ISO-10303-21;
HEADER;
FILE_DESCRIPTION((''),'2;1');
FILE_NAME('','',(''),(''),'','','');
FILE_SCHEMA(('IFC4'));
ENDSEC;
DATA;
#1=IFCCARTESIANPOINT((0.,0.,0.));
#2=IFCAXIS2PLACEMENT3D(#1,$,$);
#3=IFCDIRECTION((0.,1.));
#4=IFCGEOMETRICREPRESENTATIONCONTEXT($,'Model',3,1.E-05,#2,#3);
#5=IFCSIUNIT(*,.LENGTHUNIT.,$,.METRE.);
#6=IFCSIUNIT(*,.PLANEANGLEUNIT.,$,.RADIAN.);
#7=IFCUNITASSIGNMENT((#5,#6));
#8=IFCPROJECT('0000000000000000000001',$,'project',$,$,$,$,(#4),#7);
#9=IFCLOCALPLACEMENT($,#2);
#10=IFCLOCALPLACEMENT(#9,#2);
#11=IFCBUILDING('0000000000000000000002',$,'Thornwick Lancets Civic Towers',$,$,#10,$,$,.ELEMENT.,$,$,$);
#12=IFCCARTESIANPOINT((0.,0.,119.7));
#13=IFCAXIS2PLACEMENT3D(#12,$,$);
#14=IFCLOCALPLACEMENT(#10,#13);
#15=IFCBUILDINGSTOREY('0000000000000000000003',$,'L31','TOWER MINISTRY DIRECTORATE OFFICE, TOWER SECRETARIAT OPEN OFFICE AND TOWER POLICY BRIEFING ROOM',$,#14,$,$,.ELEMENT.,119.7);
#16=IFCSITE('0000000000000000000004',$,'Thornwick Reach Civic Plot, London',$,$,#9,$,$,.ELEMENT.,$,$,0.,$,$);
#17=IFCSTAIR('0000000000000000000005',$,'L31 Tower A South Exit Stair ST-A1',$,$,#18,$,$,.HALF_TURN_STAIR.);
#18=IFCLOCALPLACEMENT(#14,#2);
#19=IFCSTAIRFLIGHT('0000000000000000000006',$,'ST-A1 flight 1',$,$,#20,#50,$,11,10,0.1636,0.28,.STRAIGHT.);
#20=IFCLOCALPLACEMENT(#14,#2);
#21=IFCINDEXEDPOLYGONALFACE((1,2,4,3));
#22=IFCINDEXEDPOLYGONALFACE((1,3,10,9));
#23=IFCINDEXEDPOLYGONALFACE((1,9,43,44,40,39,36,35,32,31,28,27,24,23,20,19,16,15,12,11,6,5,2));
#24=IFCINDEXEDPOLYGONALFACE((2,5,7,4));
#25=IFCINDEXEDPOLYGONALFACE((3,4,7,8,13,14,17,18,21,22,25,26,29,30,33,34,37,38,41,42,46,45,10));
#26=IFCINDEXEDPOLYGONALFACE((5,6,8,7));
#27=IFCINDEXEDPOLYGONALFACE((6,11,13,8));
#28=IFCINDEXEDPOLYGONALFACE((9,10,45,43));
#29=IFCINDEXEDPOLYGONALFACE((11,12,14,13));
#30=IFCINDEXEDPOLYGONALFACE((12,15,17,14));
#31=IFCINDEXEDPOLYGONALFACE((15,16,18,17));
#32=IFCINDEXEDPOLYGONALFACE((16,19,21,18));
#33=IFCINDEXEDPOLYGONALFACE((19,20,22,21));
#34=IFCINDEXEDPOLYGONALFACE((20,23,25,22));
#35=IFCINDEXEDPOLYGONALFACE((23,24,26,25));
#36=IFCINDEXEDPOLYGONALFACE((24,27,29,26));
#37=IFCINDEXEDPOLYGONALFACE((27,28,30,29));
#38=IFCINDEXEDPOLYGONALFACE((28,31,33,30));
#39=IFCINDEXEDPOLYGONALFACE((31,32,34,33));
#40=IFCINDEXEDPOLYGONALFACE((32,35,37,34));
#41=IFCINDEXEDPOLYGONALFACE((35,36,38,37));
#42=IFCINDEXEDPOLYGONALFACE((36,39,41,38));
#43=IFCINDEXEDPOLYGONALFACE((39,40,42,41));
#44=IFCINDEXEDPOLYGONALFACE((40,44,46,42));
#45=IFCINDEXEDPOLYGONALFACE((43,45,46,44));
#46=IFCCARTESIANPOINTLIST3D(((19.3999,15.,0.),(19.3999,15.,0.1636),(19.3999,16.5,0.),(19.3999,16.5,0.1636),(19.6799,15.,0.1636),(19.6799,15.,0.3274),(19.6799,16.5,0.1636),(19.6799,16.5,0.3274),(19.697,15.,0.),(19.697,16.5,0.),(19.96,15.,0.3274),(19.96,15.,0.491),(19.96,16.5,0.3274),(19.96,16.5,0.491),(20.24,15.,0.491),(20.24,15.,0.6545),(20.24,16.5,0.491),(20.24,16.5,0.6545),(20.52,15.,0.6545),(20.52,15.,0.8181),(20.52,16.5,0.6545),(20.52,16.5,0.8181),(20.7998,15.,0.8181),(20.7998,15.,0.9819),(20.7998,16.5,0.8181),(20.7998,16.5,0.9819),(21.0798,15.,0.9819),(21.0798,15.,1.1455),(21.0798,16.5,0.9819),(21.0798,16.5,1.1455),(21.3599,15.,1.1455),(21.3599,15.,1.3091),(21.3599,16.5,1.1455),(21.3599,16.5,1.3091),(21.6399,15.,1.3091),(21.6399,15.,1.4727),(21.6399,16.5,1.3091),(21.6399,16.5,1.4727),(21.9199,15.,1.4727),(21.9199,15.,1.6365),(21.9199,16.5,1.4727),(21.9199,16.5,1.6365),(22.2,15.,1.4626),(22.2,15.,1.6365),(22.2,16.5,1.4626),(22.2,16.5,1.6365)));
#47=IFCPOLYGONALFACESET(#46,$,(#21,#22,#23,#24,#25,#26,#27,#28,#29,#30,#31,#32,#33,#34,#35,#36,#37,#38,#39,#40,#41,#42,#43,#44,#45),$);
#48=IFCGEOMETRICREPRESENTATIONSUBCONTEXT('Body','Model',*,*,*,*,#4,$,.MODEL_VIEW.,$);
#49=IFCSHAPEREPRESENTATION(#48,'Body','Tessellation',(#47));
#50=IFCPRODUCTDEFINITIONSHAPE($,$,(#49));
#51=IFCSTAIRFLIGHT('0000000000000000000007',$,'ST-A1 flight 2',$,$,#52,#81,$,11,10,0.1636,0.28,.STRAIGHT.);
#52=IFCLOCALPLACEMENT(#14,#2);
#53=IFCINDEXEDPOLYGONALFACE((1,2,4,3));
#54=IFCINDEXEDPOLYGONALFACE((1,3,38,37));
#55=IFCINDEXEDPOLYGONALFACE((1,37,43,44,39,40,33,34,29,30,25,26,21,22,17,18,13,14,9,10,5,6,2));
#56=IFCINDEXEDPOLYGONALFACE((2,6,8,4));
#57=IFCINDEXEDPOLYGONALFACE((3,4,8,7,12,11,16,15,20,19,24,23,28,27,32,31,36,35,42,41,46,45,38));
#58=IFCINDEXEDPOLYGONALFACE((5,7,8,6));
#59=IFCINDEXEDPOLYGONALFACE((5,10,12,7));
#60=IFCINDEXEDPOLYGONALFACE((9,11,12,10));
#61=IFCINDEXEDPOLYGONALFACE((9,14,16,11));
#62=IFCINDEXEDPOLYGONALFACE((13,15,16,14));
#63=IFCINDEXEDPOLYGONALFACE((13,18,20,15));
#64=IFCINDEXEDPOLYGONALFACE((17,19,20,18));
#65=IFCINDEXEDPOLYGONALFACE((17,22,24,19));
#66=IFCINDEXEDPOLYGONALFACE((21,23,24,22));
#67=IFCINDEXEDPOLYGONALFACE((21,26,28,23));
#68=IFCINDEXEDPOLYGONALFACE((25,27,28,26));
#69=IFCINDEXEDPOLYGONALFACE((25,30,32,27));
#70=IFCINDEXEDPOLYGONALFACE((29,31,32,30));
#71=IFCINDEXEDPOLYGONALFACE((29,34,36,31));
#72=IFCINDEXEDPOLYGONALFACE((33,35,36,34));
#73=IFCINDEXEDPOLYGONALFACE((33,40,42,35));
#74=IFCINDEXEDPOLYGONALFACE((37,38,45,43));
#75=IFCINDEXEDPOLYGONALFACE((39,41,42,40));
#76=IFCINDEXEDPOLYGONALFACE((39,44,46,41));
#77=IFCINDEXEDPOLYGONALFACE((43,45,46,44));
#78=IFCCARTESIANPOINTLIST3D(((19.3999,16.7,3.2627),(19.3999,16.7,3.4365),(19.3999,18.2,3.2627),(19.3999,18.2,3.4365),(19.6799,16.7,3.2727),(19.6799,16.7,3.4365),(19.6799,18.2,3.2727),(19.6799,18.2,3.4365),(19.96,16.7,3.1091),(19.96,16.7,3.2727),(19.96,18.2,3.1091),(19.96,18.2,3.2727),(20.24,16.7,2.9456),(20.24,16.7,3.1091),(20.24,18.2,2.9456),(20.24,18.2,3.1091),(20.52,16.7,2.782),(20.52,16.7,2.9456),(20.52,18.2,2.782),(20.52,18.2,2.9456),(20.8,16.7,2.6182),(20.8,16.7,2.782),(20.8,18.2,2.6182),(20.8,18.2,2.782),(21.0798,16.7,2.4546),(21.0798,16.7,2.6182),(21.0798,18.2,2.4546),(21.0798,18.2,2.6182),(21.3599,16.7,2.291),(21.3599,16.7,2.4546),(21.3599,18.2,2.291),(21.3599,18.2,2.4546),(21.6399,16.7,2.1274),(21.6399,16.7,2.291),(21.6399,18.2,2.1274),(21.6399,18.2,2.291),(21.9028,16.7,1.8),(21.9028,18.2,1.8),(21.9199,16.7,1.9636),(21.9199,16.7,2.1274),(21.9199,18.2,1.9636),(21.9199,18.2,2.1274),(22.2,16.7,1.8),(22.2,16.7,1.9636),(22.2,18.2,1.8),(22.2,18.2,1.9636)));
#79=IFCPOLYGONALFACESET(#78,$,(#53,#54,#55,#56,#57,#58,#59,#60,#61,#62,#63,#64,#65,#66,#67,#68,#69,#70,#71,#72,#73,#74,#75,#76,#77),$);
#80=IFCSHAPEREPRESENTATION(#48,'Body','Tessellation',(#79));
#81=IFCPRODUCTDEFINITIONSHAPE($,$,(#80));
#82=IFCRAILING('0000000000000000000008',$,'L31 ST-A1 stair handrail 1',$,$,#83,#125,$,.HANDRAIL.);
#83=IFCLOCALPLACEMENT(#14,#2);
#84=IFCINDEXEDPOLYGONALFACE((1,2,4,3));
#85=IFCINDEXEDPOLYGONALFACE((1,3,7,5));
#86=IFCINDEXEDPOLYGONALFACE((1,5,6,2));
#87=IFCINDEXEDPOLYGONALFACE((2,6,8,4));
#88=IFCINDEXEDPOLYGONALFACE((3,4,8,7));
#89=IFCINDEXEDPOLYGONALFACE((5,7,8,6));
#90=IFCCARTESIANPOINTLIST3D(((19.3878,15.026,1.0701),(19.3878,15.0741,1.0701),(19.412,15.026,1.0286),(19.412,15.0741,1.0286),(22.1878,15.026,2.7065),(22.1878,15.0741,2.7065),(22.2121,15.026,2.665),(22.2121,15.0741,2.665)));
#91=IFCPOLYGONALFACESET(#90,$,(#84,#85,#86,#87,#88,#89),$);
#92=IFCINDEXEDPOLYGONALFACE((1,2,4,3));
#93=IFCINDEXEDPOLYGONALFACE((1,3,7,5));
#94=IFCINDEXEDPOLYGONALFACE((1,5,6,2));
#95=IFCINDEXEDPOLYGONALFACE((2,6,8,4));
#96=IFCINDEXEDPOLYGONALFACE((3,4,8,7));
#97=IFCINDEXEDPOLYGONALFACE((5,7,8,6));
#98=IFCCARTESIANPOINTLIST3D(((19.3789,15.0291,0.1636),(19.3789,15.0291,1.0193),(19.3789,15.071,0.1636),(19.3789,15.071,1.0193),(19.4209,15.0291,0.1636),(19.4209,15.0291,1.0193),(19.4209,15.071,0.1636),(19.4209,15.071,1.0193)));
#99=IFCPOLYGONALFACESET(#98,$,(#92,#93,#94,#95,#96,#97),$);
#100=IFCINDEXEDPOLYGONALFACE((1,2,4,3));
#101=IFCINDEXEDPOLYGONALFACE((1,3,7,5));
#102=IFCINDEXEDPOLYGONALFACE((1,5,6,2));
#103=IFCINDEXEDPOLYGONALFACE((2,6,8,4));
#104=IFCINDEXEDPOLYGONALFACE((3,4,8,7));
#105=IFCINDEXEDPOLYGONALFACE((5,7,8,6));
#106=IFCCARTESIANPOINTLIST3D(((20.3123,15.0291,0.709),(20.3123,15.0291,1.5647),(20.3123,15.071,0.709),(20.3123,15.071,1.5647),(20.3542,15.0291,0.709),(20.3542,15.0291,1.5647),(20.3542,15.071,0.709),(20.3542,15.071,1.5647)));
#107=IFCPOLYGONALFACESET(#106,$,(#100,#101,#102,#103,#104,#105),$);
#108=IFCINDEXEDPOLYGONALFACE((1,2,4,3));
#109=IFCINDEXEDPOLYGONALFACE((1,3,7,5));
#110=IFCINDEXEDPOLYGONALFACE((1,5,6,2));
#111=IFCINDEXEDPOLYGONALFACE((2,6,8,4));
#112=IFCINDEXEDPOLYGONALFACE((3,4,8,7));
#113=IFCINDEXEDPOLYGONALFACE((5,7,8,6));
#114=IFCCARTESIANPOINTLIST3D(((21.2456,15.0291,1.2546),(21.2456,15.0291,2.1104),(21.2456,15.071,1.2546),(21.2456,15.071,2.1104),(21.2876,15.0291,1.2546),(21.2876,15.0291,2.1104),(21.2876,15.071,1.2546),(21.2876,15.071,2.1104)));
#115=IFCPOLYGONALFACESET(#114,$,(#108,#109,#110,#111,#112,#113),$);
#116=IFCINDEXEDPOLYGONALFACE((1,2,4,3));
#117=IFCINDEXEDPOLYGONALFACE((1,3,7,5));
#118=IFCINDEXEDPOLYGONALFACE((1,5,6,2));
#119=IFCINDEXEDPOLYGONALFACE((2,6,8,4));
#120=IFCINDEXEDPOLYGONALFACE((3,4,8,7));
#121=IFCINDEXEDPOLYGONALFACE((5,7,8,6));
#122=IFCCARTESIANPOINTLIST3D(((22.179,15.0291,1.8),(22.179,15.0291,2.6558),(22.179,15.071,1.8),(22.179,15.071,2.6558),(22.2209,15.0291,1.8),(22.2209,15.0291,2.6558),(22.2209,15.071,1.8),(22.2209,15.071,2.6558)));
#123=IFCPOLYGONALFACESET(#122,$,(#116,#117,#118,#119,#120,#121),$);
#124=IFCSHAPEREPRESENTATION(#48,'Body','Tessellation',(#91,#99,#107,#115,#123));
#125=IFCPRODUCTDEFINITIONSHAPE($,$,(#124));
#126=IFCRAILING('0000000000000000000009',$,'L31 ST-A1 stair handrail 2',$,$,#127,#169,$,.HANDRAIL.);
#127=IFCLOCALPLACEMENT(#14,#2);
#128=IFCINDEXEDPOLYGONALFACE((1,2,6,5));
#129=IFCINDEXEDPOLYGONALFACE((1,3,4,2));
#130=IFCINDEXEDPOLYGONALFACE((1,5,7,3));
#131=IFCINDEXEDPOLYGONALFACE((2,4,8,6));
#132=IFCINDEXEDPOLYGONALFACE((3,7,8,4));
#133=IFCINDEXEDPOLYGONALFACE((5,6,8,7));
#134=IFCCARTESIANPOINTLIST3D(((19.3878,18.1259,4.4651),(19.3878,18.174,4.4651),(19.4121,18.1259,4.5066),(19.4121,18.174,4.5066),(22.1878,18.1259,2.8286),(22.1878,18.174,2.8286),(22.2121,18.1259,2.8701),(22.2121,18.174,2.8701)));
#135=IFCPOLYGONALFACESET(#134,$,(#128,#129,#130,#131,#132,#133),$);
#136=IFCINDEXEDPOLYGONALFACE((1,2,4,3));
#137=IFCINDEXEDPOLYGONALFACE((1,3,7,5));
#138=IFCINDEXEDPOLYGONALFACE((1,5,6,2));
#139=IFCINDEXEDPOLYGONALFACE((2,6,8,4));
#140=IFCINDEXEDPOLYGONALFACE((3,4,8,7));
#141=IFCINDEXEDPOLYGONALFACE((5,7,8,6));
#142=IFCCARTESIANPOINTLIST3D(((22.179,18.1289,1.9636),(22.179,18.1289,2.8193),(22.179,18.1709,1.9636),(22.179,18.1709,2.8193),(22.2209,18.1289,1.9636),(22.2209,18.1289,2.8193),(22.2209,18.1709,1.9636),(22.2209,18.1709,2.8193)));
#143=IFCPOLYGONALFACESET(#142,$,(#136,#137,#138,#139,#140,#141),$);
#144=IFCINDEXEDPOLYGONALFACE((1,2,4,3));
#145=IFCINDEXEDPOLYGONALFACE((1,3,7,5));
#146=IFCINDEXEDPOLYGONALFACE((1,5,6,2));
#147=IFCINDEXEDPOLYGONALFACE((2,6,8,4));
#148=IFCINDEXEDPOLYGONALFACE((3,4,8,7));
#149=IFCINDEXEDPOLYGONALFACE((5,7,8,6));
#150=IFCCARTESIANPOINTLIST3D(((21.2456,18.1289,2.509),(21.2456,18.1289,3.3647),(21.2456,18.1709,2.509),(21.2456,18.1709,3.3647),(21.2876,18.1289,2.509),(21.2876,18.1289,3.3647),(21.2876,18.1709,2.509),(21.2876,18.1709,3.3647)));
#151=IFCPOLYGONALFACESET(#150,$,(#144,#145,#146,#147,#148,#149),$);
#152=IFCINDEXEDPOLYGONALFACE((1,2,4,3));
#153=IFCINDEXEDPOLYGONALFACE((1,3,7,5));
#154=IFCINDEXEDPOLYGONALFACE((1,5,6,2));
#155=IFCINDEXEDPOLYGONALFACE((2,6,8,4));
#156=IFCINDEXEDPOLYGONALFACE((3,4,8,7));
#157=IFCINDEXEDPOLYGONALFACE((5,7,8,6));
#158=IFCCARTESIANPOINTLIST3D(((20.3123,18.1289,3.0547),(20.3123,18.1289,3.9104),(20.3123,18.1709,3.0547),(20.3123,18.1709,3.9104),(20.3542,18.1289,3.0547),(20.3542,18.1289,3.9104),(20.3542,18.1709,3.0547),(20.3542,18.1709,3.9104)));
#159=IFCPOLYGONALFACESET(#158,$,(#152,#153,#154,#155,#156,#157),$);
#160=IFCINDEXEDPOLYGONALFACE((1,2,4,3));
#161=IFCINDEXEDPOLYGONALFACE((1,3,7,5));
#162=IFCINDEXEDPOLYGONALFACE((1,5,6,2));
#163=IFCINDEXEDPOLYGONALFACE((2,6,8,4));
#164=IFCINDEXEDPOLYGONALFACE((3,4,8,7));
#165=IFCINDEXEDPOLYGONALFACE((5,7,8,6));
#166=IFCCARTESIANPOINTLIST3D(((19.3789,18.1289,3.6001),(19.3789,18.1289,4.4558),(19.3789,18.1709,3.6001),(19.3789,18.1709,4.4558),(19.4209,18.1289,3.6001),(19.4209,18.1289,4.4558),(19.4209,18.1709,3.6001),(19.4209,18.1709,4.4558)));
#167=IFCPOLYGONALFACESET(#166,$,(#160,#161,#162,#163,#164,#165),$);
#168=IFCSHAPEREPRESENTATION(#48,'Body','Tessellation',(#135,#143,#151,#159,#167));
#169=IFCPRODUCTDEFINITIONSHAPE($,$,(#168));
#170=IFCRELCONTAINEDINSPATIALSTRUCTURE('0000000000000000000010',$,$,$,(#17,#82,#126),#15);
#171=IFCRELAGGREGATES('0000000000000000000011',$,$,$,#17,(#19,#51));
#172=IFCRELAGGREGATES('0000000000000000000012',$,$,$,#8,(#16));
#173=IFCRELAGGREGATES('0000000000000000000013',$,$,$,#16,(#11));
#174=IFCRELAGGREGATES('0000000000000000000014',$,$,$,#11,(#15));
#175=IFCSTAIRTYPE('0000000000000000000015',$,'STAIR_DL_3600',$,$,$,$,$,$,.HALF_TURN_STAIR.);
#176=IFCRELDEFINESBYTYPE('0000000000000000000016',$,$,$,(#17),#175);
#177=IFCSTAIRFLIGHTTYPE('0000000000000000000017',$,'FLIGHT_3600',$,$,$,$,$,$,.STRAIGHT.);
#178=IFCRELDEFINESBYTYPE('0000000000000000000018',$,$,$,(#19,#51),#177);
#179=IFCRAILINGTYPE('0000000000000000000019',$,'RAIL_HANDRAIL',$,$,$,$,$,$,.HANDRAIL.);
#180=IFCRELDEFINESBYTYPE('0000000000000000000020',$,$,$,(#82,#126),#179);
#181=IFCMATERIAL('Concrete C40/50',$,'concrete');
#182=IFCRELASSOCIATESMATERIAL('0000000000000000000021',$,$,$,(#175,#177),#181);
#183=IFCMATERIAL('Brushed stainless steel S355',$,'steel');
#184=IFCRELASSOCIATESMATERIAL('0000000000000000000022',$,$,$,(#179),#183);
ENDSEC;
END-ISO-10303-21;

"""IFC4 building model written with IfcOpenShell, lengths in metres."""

from ifc_helpers import new_model, si_unit, direction, frame, origin, origin_2d, place, context, subcontext, project, spatial, polyline, rectangle, outline, extrude, material, type_object, element, aggregate, save


model = new_model("IFC4")

# Units and contexts
model_context = context("Model", 3, precision=1e-05, world=origin(), true_north=direction((0.0, 1.0)))
body_context = subcontext(model_context, "Body", "Model", "MODEL_VIEW")
ifc_project = project(units=[si_unit("LENGTHUNIT", "METRE"), si_unit("PLANEANGLEUNIT", "RADIAN")], contexts=[model_context])

# Site, building, storey
site_placement = place(None, origin())
site = spatial("IfcSite", under=ifc_project, at=site_placement, Name="Thornwick Reach Civic Plot, London", CompositionType="ELEMENT", RefElevation=0.0)
building_placement = place(site_placement, origin())
building = spatial("IfcBuilding", under=site, at=building_placement, Name="Thornwick Lancets Civic Towers", CompositionType="ELEMENT")
storey_placement = place(building_placement, frame((0.0, 0.0, 119.7)))
storey = spatial("IfcBuildingStorey", under=building, at=storey_placement, Name="L31", Description="TOWER MINISTRY DIRECTORATE OFFICE, TOWER SECRETARIAT OPEN OFFICE AND TOWER POLICY BRIEFING ROOM", CompositionType="ELEMENT", Elevation=119.7)

# Shared definitions
ifc_material_1 = material(Name="Concrete C40/50", Category="concrete")

# Stair, stair flights
stair_type = type_object("IfcStairType", Name="STAIR_DL_3600", PredefinedType="HALF_TURN_STAIR", material=ifc_material_1)
stair_placement = place(storey_placement, origin())
stair = element("IfcStair", 1, at=stair_placement, inside=storey, type_object=stair_type, Name="L31 Tower A South Exit Stair ST-A1", PredefinedType="HALF_TURN_STAIR")
stair_flight_type = type_object("IfcStairFlightType", Name="FLIGHT_3600", PredefinedType="STRAIGHT", material=ifc_material_1)
stair_flight_1_placement = place(storey_placement, frame((19.3999, 15.75, 0.0), z_axis=(0.0, 0.0, 1.0), x_axis=(1.0, 0.0, 0.0)))
stair_flight_1 = element("IfcStairFlight", 2, at=stair_flight_1_placement, type_object=stair_flight_type, Name="ST-A1 flight 1", NumberOfRisers=11, NumberOfTreads=10, PredefinedType="STRAIGHT", RiserHeight=0.1636, TreadLength=0.28, context=body_context, shape_type="SweptSolid", body=[
    extrude(outline(polyline([(0.0, 0.0), (0.0, 0.1636), (0.28, 0.1636), (0.28, 0.3274), (0.5601, 0.3274), (0.5601, 0.491), (0.8401, 0.491), (0.8401, 0.6545), (1.1201, 0.6545), (1.1201, 0.8181), (1.3999, 0.8181), (1.3999, 0.9819), (1.6799, 0.9819), (1.6799, 1.1455), (1.96, 1.1455), (1.96, 1.3091), (2.24, 1.3091), (2.24, 1.4727), (2.52, 1.4727), (2.52, 1.6365), (2.8, 1.6365), (2.8, 1.8), (2.8, 1.4626), (0.2971, 0.0), (0.0, 0.0)])), frame((0.0, 0.75, 0.0), z_axis=(0.0, -1.0, 0.0), x_axis=(1.0, 0.0, 0.0)), (0.0, 0.0, 1.0), 1.5),
])
stair_flight_2_placement = place(storey_placement, frame((22.2, 17.45, 1.8), z_axis=(0.0, 0.0, 1.0), x_axis=(-1.0, 0.0, 0.0)))
stair_flight_2 = element("IfcStairFlight", 3, at=stair_flight_2_placement, type_object=stair_flight_type, Name="ST-A1 flight 2", NumberOfRisers=11, NumberOfTreads=10, PredefinedType="STRAIGHT", RiserHeight=0.1636, TreadLength=0.28, context=body_context, shape_type="SweptSolid", body=[
    extrude(outline(polyline([(0.0, 0.0), (0.0, 0.1636), (0.28, 0.1636), (0.28, 0.3274), (0.5601, 0.3274), (0.5601, 0.491), (0.8401, 0.491), (0.8401, 0.6545), (1.1201, 0.6545), (1.1201, 0.8181), (1.3999, 0.8181), (1.3999, 0.9819), (1.6799, 0.9819), (1.6799, 1.1455), (1.96, 1.1455), (1.96, 1.3091), (2.24, 1.3091), (2.24, 1.4727), (2.52, 1.4727), (2.52, 1.6365), (2.8, 1.6365), (2.8, 1.8), (2.8, 1.4626), (0.2971, 0.0), (0.0, 0.0)])), frame((0.0, 0.75, 0.0), z_axis=(0.0, -1.0, 0.0), x_axis=(1.0, 0.0, 0.0)), (0.0, 0.0, 1.0), 1.5),
])
aggregate(stair, [stair_flight_1, stair_flight_2])

# Railings
ifc_material_2 = material(Name="Brushed stainless steel S355", Category="steel")
railing_type_1 = type_object("IfcRailingType", Name="RAIL_HANDRAIL", PredefinedType="HANDRAIL", material=ifc_material_2)
railing_1_placement = place(storey_placement, frame((19.3999, 15.05, 0.1636)))
element("IfcRailing", 4, at=railing_1_placement, inside=storey, type_object=railing_type_1, Name="L31 ST-A1 stair handrail 1", PredefinedType="HANDRAIL", context=body_context, shape_type="SweptSolid", body=[
    extrude(rectangle(XDim=0.0481, YDim=0.0481, at=origin_2d()), frame((0.0, 0.0, 0.8857), z_axis=(0.863361, 0.0, 0.504587), x_axis=(0.0, 1.0, 0.0)), (0.0, 0.0, 1.0), 3.2432),
    extrude(rectangle(XDim=0.042, YDim=0.042, at=origin_2d()), origin(), (0.0, 0.0, 1.0), 0.8557),
    extrude(rectangle(XDim=0.042, YDim=0.042, at=origin_2d()), frame((0.9333, 0.0, 0.5454)), (0.0, 0.0, 1.0), 0.8557),
    extrude(rectangle(XDim=0.042, YDim=0.042, at=origin_2d()), frame((1.8667, 0.0, 1.0911)), (0.0, 0.0, 1.0), 0.8557),
    extrude(rectangle(XDim=0.042, YDim=0.042, at=origin_2d()), frame((2.8, 0.0, 1.6365)), (0.0, 0.0, 1.0), 0.8557),
])
railing_2_placement = place(storey_placement, frame((22.2, 18.1499, 1.9636)))
element("IfcRailing", 5, at=railing_2_placement, inside=storey, type_object=railing_type_1, Name="L31 ST-A1 stair handrail 2", PredefinedType="HANDRAIL", context=body_context, shape_type="SweptSolid", body=[
    extrude(rectangle(XDim=0.0481, YDim=0.0481, at=origin_2d()), frame((0.0, 0.0, 0.8857), z_axis=(-0.863361, 0.0, 0.504587), x_axis=(0.0, -1.0, 0.0)), (0.0, 0.0, 1.0), 3.2432),
    extrude(rectangle(XDim=0.042, YDim=0.042, at=origin_2d()), origin(), (0.0, 0.0, 1.0), 0.8557),
    extrude(rectangle(XDim=0.042, YDim=0.042, at=origin_2d()), frame((-0.9333, 0.0, 0.5454)), (0.0, 0.0, 1.0), 0.8557),
    extrude(rectangle(XDim=0.042, YDim=0.042, at=origin_2d()), frame((-1.8667, 0.0, 1.0911)), (0.0, 0.0, 1.0), 0.8557),
    extrude(rectangle(XDim=0.042, YDim=0.042, at=origin_2d()), frame((-2.8, 0.0, 1.6365)), (0.0, 0.0, 1.0), 0.8557),
])

save(model, "model.ifc")
